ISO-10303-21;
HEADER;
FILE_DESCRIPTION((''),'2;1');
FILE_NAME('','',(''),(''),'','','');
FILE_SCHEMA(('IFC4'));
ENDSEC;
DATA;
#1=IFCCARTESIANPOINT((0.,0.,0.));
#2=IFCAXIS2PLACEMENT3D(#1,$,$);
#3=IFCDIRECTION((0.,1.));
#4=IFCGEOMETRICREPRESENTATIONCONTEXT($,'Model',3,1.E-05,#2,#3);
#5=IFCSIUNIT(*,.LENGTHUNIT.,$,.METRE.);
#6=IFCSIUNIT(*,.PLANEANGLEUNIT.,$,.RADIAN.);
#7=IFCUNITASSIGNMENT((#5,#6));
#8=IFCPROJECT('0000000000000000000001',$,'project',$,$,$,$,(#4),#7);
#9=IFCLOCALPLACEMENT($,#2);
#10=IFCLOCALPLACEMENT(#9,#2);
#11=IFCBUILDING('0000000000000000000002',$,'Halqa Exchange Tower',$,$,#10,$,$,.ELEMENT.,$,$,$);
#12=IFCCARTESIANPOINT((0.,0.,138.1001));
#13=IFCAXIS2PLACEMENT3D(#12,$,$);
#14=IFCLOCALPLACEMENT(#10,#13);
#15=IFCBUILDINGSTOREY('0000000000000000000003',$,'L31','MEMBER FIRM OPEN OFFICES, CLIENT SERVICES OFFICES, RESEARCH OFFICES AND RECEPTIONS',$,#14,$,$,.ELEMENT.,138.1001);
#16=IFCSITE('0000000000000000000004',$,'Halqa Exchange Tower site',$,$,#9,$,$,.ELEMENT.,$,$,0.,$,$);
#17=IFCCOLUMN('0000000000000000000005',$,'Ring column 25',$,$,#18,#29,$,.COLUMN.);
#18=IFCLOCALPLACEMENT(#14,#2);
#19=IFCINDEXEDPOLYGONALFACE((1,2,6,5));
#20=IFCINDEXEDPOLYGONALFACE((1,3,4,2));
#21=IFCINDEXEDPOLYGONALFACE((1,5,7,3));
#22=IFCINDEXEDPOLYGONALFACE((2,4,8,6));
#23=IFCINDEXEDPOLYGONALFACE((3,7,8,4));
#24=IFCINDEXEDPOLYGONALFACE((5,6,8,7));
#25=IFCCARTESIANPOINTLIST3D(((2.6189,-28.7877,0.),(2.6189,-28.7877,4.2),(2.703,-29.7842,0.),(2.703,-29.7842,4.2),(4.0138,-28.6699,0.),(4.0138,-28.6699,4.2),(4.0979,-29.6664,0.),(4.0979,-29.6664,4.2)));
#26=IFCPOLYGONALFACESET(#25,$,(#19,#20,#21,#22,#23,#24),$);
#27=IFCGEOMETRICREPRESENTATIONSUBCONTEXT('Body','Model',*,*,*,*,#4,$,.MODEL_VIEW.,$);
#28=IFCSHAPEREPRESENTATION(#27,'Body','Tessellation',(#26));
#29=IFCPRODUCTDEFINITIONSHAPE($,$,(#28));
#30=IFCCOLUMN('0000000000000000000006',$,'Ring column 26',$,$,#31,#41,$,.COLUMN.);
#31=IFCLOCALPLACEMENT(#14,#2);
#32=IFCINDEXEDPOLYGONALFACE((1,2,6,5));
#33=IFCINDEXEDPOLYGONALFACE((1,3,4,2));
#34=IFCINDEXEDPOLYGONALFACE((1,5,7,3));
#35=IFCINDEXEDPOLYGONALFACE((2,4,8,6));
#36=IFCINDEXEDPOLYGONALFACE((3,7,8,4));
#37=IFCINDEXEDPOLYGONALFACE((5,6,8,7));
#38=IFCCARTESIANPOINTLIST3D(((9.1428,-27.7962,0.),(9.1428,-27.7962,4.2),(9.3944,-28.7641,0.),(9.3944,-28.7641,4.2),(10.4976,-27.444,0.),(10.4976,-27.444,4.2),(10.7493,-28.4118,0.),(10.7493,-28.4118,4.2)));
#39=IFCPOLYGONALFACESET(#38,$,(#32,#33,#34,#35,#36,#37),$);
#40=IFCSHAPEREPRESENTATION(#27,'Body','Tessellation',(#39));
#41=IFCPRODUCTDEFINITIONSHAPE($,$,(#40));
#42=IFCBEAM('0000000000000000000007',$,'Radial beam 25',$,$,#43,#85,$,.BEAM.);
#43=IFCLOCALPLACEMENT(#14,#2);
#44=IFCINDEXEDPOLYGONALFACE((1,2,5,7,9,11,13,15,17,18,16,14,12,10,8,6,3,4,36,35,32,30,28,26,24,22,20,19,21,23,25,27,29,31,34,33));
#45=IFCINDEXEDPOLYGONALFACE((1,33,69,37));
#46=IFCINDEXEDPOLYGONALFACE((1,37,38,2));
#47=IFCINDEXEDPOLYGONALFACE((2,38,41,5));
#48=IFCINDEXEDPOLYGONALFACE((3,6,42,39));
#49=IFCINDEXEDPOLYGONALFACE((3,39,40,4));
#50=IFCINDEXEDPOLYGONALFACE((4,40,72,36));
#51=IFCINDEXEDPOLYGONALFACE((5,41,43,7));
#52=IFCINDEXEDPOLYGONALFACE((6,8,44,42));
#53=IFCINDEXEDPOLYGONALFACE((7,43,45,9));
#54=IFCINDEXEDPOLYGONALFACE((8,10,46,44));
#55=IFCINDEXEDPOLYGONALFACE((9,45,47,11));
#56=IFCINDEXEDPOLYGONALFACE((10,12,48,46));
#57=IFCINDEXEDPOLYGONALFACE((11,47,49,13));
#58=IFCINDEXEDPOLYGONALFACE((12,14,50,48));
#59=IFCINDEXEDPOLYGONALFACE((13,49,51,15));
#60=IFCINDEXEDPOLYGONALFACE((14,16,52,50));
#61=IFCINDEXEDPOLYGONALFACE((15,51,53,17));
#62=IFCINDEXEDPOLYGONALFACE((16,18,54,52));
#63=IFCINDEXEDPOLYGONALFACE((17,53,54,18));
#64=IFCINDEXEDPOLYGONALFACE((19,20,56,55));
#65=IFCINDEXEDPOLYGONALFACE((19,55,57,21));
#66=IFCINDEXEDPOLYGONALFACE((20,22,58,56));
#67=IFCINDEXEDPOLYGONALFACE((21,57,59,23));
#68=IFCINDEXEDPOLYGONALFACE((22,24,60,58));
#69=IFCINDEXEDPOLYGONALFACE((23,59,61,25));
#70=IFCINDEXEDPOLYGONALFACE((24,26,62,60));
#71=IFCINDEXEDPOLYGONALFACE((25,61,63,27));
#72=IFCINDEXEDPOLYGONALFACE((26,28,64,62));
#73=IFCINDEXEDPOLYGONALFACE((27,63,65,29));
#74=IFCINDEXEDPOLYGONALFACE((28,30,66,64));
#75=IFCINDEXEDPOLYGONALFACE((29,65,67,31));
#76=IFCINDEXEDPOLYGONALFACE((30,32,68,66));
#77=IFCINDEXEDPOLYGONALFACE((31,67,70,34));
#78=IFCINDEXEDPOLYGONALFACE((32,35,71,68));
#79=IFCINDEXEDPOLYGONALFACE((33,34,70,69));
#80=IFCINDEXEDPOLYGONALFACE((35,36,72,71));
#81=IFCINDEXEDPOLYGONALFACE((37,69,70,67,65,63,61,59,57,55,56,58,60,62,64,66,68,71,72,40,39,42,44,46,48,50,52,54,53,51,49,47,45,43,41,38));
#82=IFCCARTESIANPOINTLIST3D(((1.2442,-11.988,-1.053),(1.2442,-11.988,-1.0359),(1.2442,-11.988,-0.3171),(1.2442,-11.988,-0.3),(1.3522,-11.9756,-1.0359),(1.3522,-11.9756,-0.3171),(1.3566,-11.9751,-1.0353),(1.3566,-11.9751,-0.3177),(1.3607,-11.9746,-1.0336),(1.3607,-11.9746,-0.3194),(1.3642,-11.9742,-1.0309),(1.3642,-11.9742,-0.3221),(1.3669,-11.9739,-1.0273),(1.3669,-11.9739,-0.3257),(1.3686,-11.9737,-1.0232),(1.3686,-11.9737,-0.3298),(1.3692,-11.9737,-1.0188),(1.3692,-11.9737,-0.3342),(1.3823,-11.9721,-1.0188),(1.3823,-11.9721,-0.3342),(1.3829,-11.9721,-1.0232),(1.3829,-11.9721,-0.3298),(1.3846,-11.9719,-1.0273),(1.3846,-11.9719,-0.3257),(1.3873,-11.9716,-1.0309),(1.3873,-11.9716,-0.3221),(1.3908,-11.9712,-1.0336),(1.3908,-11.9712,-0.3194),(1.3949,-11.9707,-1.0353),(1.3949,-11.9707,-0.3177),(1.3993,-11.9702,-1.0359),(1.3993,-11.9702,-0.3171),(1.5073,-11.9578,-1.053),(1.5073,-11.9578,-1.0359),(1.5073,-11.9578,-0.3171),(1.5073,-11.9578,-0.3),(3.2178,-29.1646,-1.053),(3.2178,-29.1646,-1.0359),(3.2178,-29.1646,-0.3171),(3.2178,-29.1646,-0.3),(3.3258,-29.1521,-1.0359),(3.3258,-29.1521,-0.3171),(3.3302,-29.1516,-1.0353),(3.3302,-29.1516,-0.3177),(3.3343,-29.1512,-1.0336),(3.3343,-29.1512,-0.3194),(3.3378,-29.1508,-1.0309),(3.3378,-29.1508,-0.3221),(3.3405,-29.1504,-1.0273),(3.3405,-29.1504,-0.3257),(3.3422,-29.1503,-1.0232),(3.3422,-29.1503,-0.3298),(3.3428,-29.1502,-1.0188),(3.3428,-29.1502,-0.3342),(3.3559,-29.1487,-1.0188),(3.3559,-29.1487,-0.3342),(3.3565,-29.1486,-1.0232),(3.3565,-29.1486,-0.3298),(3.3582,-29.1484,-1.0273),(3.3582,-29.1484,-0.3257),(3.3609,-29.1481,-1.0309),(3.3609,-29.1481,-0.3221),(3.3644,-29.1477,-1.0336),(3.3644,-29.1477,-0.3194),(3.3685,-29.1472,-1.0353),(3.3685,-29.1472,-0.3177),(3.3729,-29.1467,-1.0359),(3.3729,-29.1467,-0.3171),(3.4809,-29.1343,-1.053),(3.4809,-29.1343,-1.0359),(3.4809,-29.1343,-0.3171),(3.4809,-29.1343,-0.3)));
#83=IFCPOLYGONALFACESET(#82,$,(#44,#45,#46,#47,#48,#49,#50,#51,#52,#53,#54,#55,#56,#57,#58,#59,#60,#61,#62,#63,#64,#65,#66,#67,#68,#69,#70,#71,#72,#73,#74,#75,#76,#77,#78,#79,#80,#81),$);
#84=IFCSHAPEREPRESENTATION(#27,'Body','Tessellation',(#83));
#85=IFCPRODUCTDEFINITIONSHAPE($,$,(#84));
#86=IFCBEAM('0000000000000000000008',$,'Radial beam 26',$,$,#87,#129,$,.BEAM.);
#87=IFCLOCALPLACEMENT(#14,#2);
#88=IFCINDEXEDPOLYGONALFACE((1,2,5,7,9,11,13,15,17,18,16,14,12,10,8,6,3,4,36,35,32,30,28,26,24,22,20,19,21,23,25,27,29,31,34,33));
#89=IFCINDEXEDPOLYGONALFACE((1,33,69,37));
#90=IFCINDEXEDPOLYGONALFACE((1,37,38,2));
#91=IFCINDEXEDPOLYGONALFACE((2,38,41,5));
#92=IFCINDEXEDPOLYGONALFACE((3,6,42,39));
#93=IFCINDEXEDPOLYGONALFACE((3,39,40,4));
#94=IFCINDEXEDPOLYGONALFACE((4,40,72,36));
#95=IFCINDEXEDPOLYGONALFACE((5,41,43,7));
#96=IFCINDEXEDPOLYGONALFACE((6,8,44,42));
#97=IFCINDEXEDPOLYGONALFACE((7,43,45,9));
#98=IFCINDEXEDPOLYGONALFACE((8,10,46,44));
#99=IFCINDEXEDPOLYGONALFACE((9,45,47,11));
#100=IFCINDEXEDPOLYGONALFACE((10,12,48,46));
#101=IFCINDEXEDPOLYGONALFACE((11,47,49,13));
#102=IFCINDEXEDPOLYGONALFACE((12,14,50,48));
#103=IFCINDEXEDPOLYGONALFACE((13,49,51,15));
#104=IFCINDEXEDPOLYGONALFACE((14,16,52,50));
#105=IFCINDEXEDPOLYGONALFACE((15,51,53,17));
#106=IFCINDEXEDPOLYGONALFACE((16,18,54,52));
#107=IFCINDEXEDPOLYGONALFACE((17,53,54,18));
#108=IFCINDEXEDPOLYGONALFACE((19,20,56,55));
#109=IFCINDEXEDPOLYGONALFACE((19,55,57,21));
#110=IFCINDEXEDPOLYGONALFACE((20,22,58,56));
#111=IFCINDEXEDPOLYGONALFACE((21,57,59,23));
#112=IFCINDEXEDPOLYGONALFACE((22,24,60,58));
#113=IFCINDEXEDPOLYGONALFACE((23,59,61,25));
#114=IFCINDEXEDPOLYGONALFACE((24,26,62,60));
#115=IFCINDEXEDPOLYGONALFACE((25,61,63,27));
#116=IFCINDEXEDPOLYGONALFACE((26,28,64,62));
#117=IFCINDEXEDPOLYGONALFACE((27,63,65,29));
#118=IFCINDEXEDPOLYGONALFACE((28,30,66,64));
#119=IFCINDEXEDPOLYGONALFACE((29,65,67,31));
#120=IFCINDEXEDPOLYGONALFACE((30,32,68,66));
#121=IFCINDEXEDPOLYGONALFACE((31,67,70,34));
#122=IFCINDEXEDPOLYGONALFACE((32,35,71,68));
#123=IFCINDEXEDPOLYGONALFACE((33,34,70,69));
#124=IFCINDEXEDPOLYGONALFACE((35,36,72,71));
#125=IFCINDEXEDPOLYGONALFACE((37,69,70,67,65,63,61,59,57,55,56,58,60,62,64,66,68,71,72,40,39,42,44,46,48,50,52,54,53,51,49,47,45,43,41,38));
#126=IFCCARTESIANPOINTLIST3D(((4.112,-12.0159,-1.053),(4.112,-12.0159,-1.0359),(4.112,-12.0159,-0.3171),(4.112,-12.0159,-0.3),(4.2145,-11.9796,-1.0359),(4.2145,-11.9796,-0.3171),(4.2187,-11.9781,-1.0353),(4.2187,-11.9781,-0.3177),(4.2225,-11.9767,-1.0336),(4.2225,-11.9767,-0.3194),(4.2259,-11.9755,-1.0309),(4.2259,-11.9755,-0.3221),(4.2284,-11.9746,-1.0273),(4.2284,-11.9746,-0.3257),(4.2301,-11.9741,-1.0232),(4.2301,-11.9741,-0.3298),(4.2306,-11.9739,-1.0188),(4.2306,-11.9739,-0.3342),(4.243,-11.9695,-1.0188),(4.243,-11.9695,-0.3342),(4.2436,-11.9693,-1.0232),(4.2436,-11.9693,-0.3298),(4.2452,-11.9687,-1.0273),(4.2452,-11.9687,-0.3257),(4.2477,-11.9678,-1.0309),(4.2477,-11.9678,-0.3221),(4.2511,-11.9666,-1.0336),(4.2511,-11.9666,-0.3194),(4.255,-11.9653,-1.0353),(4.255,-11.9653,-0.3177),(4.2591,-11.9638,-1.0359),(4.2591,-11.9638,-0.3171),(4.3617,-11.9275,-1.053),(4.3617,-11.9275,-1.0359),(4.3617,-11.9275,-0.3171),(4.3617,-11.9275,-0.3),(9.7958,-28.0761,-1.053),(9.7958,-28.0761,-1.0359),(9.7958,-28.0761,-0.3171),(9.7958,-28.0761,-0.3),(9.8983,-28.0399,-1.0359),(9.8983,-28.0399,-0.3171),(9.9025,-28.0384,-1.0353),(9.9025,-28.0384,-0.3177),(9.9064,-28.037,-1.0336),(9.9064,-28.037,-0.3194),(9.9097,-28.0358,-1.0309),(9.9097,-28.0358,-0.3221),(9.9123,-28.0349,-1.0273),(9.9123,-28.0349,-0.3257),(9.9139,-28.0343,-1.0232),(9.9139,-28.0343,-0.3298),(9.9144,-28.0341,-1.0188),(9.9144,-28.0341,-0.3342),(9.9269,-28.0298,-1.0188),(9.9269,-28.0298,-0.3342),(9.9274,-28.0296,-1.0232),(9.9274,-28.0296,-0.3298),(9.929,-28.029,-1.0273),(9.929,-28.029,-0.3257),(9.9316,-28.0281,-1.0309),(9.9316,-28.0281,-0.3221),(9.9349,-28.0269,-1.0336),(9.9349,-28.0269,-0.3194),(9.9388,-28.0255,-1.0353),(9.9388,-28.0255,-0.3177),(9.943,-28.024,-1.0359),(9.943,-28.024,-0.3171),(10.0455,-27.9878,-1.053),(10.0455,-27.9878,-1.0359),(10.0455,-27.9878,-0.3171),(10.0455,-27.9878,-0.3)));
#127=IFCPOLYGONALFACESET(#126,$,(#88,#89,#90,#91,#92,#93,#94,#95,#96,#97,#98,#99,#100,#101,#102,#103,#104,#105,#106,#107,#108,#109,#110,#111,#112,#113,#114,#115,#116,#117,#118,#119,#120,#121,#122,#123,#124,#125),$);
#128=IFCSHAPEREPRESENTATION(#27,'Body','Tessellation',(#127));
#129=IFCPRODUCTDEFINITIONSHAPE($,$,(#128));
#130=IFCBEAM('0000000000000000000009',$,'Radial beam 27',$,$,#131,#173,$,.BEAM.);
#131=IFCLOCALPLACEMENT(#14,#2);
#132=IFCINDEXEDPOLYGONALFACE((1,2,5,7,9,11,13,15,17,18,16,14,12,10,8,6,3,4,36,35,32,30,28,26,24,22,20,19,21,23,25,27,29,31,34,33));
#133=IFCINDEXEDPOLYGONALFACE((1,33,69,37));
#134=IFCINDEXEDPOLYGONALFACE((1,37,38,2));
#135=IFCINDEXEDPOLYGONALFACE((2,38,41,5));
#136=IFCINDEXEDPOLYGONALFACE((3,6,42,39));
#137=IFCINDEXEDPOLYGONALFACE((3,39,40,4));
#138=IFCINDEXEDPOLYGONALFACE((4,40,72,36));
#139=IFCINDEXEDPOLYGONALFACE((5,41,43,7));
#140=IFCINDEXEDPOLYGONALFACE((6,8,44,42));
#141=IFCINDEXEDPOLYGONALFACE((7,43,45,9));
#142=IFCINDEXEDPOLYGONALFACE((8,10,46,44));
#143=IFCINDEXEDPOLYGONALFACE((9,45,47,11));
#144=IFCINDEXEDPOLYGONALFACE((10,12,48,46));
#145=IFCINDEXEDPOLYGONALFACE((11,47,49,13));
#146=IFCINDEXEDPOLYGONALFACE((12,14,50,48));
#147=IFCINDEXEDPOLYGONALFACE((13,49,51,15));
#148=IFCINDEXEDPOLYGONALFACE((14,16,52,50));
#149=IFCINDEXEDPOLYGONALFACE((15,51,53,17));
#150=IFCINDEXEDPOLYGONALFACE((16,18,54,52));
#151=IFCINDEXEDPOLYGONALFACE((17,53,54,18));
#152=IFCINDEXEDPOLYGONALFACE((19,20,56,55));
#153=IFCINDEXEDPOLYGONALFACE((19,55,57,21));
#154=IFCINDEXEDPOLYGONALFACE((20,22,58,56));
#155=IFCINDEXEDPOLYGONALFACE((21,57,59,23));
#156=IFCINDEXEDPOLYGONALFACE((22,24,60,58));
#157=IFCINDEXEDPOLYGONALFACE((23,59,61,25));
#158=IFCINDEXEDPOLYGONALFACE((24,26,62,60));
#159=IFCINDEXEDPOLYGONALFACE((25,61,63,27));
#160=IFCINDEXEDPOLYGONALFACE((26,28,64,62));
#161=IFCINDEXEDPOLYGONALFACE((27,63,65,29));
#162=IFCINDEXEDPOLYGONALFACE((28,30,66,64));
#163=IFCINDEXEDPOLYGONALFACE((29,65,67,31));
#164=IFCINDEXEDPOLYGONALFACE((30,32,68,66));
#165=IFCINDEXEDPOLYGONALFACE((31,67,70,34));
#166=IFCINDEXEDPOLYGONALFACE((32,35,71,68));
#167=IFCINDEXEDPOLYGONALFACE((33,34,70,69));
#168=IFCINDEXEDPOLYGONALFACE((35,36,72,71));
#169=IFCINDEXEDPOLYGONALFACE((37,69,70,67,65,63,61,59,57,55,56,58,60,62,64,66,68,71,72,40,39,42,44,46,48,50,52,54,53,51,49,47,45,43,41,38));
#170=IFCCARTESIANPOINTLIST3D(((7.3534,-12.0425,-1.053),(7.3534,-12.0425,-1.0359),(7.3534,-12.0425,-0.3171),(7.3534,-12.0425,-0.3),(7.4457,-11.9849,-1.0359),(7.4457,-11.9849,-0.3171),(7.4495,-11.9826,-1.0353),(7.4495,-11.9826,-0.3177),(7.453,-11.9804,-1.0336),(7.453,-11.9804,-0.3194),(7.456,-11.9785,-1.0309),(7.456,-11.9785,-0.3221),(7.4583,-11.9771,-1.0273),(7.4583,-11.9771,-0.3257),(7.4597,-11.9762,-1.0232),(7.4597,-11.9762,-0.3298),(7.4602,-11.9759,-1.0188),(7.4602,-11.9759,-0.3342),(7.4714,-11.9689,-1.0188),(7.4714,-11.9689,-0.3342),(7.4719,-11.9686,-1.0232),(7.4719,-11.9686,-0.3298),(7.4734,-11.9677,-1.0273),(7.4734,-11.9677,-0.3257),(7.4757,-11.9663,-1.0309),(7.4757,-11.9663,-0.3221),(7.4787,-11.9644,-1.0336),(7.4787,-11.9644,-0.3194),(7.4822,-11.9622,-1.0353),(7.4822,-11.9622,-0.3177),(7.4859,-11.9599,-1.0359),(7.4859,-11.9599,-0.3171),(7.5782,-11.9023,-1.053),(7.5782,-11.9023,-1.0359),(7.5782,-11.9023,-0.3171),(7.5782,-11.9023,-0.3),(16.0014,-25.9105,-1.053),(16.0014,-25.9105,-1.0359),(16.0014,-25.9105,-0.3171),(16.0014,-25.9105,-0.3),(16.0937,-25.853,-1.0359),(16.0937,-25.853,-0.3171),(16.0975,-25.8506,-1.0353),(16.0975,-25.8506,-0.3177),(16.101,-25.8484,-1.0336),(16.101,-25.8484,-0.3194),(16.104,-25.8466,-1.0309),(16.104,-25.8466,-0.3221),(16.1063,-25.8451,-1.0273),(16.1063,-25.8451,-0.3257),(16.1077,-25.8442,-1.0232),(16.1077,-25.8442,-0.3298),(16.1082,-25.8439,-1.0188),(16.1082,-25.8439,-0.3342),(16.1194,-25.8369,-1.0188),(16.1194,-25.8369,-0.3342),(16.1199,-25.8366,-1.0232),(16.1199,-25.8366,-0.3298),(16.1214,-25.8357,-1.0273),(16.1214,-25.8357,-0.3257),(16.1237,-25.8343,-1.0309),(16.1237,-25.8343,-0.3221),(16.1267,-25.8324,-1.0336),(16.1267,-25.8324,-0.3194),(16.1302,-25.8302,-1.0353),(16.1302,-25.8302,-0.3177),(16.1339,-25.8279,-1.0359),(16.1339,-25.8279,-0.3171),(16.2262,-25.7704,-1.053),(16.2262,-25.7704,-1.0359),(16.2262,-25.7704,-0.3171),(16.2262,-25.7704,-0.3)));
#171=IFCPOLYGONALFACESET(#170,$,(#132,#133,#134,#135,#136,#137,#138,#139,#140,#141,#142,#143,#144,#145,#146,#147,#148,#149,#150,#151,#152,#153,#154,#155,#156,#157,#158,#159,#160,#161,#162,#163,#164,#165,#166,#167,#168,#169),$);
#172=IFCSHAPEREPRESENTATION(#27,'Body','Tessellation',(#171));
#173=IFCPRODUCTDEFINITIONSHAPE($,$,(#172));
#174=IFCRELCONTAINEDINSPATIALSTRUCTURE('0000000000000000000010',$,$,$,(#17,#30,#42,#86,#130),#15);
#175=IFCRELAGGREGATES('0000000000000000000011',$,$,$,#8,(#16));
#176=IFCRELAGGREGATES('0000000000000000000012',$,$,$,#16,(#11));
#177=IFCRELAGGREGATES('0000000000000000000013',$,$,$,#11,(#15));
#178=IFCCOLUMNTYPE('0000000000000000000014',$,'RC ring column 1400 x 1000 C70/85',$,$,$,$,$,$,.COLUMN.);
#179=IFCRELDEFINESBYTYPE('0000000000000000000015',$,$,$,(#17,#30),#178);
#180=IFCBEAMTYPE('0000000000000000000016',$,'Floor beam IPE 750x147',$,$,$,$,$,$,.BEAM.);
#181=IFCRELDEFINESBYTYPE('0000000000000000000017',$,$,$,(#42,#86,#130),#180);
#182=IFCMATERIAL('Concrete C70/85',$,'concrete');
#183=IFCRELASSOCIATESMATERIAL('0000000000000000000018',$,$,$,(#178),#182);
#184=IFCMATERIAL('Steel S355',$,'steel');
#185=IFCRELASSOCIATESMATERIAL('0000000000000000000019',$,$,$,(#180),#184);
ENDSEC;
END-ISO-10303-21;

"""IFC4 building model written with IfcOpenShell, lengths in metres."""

from ifc_helpers import new_model, si_unit, direction, frame, origin, origin_2d, place, context, subcontext, project, spatial, rectangle, i_section, extrude, material, material_profile, profile_set, type_object, element, save


model = new_model("IFC4")

# Units and contexts
model_context = context("Model", 3, precision=1e-05, world=origin(), true_north=direction((0.0, 1.0)))
body_context = subcontext(model_context, "Body", "Model", "MODEL_VIEW")
ifc_project = project(units=[si_unit("LENGTHUNIT", "METRE"), si_unit("PLANEANGLEUNIT", "RADIAN")], contexts=[model_context])

# Site, building, storey
site_placement = place(None, origin())
site = spatial("IfcSite", under=ifc_project, at=site_placement, Name="Halqa Exchange Tower site", CompositionType="ELEMENT", RefElevation=0.0)
building_placement = place(site_placement, origin())
building = spatial("IfcBuilding", under=site, at=building_placement, Name="Halqa Exchange Tower", CompositionType="ELEMENT")
storey_placement = place(building_placement, frame((0.0, 0.0, 138.1001)))
storey = spatial("IfcBuildingStorey", under=building, at=storey_placement, Name="L31", Description="MEMBER FIRM OPEN OFFICES, CLIENT SERVICES OFFICES, RESEARCH OFFICES AND RECEPTIONS", CompositionType="ELEMENT", Elevation=138.1001)

# Columns
ifc_material_1 = material(Name="Concrete C70/85", Category="concrete")
ifc_material_profile_1 = material_profile(ifc_material_1, rectangle(XDim=1.3999, YDim=1.0, at=origin_2d()), Name="1400 x 1000")
ifc_profile_set_1 = profile_set([ifc_material_profile_1], Name="Concrete C70/85")
column_type = type_object("IfcColumnType", Name="RC ring column 1400 x 1000 C70/85", PredefinedType="COLUMN", material=ifc_profile_set_1)
for number, where, z_axis, x_axis, name in (
    (1, (3.3584, -29.2271, 0.0), (0.0, 0.0, 1.0), (0.996455, 0.084123, 0.0), "Ring column 25"),
    (2, (9.946, -28.104, 0.0), (0.0, 0.0, 1.0), (0.96782, 0.251645, 0.0), "Ring column 26"),
):
    element("IfcColumn", number, at=place(storey_placement, frame(where, z_axis=z_axis, x_axis=x_axis)), inside=storey, type_object=column_type, Name=name, PredefinedType="COLUMN", context=body_context, shape_type="SweptSolid", body=[
        extrude(rectangle(XDim=1.3999, YDim=1.0, at=origin_2d()), origin(), (0.0, 0.0, 1.0), 4.2),
    ])

# Beams
ifc_material_2 = material(Name="Steel S355", Category="steel")
ifc_material_profile_2 = material_profile(ifc_material_2, i_section(OverallWidth=0.2649, OverallDepth=0.7529, WebThickness=0.0132, FlangeThickness=0.0171, FilletRadius=0.0171, at=origin_2d()), Name="IPE 750x147")
ifc_profile_set_2 = profile_set([ifc_material_profile_2], Name="Steel S355")
beam_type_1 = type_object("IfcBeamType", Name="Floor beam IPE 750x147", PredefinedType="BEAM", material=ifc_profile_set_2)
beam_1_placement = place(storey_placement, frame((1.3757, -11.9729, -0.6765), z_axis=(0.114152, -0.993463, 0.0), x_axis=(0.993463, 0.114152, 0.0)))
element("IfcBeam", 3, at=beam_1_placement, inside=storey, type_object=beam_type_1, Name="Radial beam 25", PredefinedType="BEAM", context=body_context, shape_type="SweptSolid", body=[
    extrude(i_section(OverallWidth=0.2649, OverallDepth=0.7529, WebThickness=0.0132, FlangeThickness=0.0171, FilletRadius=0.0171, at=origin_2d()), origin(), (0.0, 0.0, 1.0), 17.2896),
])
beam_2_placement = place(storey_placement, frame((4.2368, -11.9717, -0.6765), z_axis=(0.333629, -0.942705, 0.0), x_axis=(0.942705, 0.333629, 0.0)))
element("IfcBeam", 4, at=beam_2_placement, inside=storey, type_object=beam_type_1, Name="Radial beam 26", PredefinedType="BEAM", context=body_context, shape_type="SweptSolid", body=[
    extrude(i_section(OverallWidth=0.2649, OverallDepth=0.7529, WebThickness=0.0132, FlangeThickness=0.0171, FilletRadius=0.0171, at=origin_2d()), origin(), (0.0, 0.0, 1.0), 17.0364),
])
beam_3_placement = place(storey_placement, frame((7.4658, -11.9724, -0.6765), z_axis=(0.529141, -0.848534, 0.0), x_axis=(0.848534, 0.529141, 0.0)))
element("IfcBeam", 5, at=beam_3_placement, inside=storey, type_object=beam_type_1, Name="Radial beam 27", PredefinedType="BEAM", context=body_context, shape_type="SweptSolid", body=[
    extrude(i_section(OverallWidth=0.2649, OverallDepth=0.7529, WebThickness=0.0132, FlangeThickness=0.0171, FilletRadius=0.0171, at=origin_2d()), origin(), (0.0, 0.0, 1.0), 16.3435),
])

save(model, "model.ifc")
